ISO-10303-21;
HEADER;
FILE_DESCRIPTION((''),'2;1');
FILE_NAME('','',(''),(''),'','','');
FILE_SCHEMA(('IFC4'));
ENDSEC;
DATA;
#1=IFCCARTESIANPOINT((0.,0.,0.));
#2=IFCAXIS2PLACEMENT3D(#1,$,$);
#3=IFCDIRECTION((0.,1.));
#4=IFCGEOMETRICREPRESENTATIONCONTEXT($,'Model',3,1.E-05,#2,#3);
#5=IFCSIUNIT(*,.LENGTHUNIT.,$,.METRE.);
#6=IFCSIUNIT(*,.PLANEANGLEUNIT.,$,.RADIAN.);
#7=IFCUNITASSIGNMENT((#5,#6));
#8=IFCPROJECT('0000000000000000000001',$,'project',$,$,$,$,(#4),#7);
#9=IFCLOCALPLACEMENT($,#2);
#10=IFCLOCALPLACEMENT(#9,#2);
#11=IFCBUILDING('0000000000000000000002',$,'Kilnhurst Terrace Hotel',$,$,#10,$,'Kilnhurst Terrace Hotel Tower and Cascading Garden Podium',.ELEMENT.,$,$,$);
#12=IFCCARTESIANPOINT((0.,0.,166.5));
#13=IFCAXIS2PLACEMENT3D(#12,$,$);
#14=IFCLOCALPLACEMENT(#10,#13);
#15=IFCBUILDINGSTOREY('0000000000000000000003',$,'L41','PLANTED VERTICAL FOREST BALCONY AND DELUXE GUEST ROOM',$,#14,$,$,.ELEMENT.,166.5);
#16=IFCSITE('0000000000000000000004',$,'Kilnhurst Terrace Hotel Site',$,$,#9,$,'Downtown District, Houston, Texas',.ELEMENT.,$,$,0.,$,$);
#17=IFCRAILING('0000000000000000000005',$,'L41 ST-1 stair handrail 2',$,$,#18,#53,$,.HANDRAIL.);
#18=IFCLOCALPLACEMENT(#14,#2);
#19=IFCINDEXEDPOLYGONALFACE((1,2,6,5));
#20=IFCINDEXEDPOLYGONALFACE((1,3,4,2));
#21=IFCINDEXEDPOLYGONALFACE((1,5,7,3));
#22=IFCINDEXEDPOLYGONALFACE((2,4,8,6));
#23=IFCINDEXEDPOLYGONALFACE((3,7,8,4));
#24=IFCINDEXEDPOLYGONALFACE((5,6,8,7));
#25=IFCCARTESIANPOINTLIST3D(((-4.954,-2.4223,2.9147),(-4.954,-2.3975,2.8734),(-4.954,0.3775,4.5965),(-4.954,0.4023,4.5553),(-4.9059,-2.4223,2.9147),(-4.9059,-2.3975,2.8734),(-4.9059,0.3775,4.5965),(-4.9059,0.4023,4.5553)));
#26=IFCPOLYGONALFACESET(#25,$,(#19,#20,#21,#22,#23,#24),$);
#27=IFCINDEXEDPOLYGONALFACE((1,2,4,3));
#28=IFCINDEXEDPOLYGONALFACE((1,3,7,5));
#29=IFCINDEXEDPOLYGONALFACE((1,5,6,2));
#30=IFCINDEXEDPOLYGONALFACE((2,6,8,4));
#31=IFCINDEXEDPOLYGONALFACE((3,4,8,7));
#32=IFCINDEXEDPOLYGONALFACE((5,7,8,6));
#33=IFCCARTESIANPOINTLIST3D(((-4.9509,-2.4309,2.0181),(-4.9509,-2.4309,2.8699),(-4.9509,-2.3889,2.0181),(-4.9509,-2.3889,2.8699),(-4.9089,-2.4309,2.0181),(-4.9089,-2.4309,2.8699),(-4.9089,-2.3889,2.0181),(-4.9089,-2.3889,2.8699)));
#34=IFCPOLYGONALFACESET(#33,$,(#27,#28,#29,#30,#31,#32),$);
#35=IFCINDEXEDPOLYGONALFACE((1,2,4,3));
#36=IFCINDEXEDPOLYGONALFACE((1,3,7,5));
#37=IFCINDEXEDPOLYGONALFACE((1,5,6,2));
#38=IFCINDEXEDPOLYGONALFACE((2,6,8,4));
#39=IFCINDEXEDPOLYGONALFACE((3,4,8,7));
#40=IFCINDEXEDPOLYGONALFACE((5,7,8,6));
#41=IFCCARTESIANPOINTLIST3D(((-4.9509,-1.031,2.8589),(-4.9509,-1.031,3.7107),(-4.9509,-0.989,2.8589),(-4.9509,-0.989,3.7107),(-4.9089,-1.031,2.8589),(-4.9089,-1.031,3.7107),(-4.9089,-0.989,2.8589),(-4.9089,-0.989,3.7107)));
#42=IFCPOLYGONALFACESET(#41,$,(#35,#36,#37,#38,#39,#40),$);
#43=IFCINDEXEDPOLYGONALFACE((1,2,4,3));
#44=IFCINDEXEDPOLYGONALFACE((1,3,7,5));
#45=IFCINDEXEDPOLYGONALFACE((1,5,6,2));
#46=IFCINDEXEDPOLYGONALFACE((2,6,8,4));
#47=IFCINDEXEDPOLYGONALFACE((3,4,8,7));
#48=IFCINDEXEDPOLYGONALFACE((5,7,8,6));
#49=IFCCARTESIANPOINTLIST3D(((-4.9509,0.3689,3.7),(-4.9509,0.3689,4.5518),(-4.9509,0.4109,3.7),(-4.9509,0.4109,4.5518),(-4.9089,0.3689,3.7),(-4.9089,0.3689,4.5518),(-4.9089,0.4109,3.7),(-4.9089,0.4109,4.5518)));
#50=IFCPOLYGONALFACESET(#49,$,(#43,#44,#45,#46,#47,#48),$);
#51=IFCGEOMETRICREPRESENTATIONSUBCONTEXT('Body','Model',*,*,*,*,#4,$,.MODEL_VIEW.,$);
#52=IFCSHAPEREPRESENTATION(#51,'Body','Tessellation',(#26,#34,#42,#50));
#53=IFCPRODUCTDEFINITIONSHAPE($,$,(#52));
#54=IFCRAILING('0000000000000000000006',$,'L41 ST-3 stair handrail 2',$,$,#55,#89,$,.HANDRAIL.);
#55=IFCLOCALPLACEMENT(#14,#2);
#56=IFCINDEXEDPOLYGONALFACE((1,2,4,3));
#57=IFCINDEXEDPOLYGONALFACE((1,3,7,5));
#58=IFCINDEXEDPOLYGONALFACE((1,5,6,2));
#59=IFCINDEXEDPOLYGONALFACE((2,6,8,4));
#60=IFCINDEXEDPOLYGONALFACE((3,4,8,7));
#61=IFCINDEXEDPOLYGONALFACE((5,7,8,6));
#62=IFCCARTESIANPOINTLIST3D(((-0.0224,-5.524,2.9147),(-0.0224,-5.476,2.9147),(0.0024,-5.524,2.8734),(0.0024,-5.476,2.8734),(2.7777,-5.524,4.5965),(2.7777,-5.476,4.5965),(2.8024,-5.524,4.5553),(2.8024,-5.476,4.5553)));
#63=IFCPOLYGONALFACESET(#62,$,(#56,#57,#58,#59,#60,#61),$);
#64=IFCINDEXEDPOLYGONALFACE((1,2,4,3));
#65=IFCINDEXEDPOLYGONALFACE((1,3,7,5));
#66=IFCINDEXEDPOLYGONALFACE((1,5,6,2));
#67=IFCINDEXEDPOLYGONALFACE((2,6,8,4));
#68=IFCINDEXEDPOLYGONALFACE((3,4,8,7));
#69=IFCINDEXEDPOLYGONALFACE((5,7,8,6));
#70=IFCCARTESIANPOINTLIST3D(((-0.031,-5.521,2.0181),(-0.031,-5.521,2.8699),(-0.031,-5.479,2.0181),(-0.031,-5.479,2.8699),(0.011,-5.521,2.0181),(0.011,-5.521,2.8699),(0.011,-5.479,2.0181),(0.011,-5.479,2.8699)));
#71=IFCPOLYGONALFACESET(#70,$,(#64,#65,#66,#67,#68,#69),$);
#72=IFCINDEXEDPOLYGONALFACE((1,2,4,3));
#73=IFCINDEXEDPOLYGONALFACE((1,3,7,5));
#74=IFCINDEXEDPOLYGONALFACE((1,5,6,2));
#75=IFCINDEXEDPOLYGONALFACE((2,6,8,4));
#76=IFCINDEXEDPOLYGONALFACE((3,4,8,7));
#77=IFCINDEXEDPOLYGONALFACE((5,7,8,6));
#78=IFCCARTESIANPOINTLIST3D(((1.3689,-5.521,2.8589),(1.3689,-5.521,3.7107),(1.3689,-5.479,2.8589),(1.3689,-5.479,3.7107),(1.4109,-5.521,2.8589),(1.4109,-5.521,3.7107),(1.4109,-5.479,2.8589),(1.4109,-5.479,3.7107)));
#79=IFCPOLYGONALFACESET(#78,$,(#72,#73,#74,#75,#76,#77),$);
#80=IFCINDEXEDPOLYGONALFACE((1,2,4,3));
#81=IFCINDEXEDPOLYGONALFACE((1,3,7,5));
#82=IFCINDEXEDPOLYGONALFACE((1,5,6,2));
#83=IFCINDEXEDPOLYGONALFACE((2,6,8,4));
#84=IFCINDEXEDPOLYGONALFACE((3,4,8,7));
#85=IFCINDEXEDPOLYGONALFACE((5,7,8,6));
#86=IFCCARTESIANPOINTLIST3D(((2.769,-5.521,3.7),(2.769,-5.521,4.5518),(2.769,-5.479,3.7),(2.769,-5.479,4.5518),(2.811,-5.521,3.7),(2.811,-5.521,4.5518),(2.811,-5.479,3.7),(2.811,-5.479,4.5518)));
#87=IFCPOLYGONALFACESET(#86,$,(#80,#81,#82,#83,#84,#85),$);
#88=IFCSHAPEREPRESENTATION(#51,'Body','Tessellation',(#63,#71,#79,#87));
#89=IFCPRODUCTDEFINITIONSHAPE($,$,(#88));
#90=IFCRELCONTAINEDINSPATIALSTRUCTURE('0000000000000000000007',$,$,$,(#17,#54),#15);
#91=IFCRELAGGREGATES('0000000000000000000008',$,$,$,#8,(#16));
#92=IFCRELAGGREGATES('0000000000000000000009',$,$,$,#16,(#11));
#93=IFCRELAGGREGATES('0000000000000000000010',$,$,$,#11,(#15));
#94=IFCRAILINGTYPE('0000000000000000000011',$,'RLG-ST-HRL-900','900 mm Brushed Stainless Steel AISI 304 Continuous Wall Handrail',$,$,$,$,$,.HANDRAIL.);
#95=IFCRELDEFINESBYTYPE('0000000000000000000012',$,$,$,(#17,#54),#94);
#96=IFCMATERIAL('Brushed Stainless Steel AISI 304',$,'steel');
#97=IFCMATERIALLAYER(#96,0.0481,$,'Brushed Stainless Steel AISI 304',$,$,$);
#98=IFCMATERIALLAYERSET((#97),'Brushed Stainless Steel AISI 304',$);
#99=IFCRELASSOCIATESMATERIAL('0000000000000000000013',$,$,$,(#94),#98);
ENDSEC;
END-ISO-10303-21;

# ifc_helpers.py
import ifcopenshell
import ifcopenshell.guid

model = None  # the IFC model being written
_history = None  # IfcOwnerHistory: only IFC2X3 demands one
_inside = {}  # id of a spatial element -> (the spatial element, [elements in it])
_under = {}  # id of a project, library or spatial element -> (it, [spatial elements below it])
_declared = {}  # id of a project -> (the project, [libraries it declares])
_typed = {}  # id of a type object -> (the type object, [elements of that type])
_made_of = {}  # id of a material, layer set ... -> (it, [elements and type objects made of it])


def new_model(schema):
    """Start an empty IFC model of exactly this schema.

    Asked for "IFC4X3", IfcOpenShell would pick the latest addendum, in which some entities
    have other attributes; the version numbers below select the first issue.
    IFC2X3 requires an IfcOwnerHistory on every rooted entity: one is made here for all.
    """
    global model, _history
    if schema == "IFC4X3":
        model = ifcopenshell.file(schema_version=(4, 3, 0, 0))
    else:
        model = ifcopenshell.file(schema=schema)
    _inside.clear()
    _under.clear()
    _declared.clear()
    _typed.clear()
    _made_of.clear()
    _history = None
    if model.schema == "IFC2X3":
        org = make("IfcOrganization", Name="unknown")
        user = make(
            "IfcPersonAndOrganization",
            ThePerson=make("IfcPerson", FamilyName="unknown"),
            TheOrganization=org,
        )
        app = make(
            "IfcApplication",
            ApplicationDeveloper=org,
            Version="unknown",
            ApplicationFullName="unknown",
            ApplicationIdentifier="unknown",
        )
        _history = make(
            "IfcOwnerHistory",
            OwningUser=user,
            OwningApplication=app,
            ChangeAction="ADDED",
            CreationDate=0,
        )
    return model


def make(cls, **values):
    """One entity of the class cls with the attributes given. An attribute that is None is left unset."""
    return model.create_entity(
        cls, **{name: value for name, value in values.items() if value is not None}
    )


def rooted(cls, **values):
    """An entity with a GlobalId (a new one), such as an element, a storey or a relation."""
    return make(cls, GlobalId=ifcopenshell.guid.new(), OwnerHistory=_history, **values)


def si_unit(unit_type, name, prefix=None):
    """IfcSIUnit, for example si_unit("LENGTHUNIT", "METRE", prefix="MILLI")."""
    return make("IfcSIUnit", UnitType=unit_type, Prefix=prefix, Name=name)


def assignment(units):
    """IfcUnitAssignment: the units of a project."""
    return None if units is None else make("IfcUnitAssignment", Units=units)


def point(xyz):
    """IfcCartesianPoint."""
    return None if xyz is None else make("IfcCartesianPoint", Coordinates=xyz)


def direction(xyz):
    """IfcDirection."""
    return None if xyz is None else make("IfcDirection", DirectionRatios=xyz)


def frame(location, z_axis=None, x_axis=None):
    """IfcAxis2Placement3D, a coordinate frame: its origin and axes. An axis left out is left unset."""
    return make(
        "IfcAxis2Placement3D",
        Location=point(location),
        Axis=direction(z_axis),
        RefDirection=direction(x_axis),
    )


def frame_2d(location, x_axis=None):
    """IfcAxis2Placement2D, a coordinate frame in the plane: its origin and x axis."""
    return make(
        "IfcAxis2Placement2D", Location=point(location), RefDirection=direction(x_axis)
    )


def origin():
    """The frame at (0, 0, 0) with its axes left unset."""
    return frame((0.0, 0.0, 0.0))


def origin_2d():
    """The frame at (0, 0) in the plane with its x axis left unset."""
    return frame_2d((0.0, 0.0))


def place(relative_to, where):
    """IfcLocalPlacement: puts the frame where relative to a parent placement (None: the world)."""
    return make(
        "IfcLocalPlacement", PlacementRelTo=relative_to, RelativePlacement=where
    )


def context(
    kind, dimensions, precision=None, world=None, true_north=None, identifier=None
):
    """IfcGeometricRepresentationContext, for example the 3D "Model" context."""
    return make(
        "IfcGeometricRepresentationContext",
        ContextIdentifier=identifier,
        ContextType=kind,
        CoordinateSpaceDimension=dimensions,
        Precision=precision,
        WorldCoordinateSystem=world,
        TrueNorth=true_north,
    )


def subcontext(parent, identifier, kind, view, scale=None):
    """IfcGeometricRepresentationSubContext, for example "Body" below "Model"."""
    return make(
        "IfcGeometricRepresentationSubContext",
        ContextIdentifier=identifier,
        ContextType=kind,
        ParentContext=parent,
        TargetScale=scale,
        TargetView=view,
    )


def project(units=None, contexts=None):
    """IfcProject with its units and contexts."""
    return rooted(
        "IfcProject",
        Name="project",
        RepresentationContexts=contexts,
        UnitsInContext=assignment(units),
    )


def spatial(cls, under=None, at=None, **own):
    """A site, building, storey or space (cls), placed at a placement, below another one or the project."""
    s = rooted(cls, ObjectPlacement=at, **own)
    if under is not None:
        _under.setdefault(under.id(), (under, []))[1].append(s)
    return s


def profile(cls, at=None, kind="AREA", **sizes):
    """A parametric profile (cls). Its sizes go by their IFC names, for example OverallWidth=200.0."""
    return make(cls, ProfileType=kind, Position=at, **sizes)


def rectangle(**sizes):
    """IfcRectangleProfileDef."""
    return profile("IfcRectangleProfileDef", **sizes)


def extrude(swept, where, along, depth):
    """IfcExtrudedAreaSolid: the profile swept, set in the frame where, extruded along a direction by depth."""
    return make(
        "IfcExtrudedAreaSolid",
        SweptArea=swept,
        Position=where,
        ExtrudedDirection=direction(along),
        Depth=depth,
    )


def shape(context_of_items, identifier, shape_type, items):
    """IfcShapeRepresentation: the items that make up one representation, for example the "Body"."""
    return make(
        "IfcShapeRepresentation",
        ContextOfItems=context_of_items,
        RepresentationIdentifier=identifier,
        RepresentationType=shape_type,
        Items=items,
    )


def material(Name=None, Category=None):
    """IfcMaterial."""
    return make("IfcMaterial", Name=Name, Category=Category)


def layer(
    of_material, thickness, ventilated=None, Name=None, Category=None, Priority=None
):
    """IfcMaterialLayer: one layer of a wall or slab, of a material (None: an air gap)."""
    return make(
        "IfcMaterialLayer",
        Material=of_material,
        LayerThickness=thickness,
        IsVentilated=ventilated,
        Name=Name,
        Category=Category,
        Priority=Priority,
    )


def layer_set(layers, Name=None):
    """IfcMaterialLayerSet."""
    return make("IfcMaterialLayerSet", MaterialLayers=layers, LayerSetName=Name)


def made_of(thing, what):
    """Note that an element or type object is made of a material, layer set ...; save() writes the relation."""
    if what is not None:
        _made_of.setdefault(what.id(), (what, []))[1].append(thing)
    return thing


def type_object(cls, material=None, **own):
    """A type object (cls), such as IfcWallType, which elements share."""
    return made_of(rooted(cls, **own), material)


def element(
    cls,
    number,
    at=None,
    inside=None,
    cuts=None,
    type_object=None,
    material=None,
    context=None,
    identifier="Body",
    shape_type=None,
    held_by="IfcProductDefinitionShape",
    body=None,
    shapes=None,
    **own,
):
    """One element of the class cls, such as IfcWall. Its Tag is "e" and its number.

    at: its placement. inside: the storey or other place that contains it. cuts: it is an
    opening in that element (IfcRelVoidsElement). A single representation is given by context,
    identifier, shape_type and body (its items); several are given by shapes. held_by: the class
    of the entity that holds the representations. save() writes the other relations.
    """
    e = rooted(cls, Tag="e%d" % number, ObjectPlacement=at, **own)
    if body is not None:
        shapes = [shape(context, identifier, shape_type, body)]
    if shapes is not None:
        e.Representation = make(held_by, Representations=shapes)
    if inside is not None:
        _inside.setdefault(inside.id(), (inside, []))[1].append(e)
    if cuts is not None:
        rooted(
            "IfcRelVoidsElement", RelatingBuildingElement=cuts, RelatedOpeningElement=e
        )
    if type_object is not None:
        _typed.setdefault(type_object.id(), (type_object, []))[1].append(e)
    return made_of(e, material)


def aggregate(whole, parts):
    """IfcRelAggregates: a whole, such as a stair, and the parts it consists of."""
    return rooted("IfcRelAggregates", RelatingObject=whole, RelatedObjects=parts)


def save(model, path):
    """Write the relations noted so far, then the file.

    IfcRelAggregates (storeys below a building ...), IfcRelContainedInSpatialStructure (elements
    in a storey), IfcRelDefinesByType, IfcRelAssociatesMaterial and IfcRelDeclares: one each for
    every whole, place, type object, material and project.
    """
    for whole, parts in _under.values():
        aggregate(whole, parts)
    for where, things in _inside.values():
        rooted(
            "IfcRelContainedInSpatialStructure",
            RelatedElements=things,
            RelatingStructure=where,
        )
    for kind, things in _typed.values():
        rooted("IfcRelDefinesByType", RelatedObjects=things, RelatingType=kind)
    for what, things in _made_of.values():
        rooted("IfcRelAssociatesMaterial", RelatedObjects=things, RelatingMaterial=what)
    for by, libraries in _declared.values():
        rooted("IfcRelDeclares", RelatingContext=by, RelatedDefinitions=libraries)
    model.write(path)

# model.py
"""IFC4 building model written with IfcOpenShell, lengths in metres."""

from ifc_helpers import new_model, si_unit, direction, frame, origin, origin_2d, place, context, subcontext, project, spatial, rectangle, extrude, material, layer, layer_set, type_object, element, save


model = new_model("IFC4")

# Units and contexts
model_context = context("Model", 3, precision=1e-05, world=origin(), true_north=direction((0.0, 1.0)))
body_context = subcontext(model_context, "Body", "Model", "MODEL_VIEW")
ifc_project = project(units=[si_unit("LENGTHUNIT", "METRE"), si_unit("PLANEANGLEUNIT", "RADIAN")], contexts=[model_context])

# Site, building, storey
site_placement = place(None, origin())
site = spatial("IfcSite", under=ifc_project, at=site_placement, Name="Kilnhurst Terrace Hotel Site", LongName="Downtown District, Houston, Texas", CompositionType="ELEMENT", RefElevation=0.0)
building_placement = place(site_placement, origin())
building = spatial("IfcBuilding", under=site, at=building_placement, Name="Kilnhurst Terrace Hotel", LongName="Kilnhurst Terrace Hotel Tower and Cascading Garden Podium", CompositionType="ELEMENT")
storey_placement = place(building_placement, frame((0.0, 0.0, 166.5)))
storey = spatial("IfcBuildingStorey", under=building, at=storey_placement, Name="L41", Description="PLANTED VERTICAL FOREST BALCONY AND DELUXE GUEST ROOM", CompositionType="ELEMENT", Elevation=166.5)

# Railings
ifc_material_1 = material(Name="Brushed Stainless Steel AISI 304", Category="steel")
ifc_layer_1 = layer(ifc_material_1, 0.0481, Name="Brushed Stainless Steel AISI 304")
ifc_layer_set_1 = layer_set([ifc_layer_1], Name="Brushed Stainless Steel AISI 304")
railing_type_1 = type_object("IfcRailingType", Name="RLG-ST-HRL-900", Description="900 mm Brushed Stainless Steel AISI 304 Continuous Wall Handrail", PredefinedType="HANDRAIL", material=ifc_layer_set_1)
railing_1_placement = place(storey_placement, frame((-4.9299, -2.4099, 2.0181)))
element("IfcRailing", 1, at=railing_1_placement, inside=storey, type_object=railing_type_1, Name="L41 ST-1 stair handrail 2", PredefinedType="HANDRAIL", context=body_context, shape_type="SweptSolid", body=[
    extrude(rectangle(XDim=0.0481, YDim=0.0481, at=origin_2d()), frame((0.0, 0.0, 0.876), z_axis=(0.0, 0.857222, 0.514946), x_axis=(-1.0, 0.0, 0.0)), (0.0, 0.0, 1.0), 3.2661),
    extrude(rectangle(XDim=0.042, YDim=0.042, at=origin_2d()), origin(), (0.0, 0.0, 1.0), 0.8518),
    extrude(rectangle(XDim=0.042, YDim=0.042, at=origin_2d()), frame((0.0, 1.3999, 0.8408)), (0.0, 0.0, 1.0), 0.8518),
    extrude(rectangle(XDim=0.042, YDim=0.042, at=origin_2d()), frame((0.0, 2.7998, 1.6819)), (0.0, 0.0, 1.0), 0.8518),
])
railing_2_placement = place(storey_placement, frame((-0.01, -5.5, 2.0181)))
element("IfcRailing", 2, at=railing_2_placement, inside=storey, type_object=railing_type_1, Name="L41 ST-3 stair handrail 2", PredefinedType="HANDRAIL", context=body_context, shape_type="SweptSolid", body=[
    extrude(rectangle(XDim=0.0481, YDim=0.0481, at=origin_2d()), frame((0.0, 0.0, 0.876), z_axis=(0.857242, 0.0, 0.514913), x_axis=(0.0, 1.0, 0.0)), (0.0, 0.0, 1.0), 3.2664),
    extrude(rectangle(XDim=0.042, YDim=0.042, at=origin_2d()), origin(), (0.0, 0.0, 1.0), 0.8518),
    extrude(rectangle(XDim=0.042, YDim=0.042, at=origin_2d()), frame((1.3999, 0.0, 0.8408)), (0.0, 0.0, 1.0), 0.8518),
    extrude(rectangle(XDim=0.042, YDim=0.042, at=origin_2d()), frame((2.8, 0.0, 1.6819)), (0.0, 0.0, 1.0), 0.8518),
])

save(model, "model.ifc")
